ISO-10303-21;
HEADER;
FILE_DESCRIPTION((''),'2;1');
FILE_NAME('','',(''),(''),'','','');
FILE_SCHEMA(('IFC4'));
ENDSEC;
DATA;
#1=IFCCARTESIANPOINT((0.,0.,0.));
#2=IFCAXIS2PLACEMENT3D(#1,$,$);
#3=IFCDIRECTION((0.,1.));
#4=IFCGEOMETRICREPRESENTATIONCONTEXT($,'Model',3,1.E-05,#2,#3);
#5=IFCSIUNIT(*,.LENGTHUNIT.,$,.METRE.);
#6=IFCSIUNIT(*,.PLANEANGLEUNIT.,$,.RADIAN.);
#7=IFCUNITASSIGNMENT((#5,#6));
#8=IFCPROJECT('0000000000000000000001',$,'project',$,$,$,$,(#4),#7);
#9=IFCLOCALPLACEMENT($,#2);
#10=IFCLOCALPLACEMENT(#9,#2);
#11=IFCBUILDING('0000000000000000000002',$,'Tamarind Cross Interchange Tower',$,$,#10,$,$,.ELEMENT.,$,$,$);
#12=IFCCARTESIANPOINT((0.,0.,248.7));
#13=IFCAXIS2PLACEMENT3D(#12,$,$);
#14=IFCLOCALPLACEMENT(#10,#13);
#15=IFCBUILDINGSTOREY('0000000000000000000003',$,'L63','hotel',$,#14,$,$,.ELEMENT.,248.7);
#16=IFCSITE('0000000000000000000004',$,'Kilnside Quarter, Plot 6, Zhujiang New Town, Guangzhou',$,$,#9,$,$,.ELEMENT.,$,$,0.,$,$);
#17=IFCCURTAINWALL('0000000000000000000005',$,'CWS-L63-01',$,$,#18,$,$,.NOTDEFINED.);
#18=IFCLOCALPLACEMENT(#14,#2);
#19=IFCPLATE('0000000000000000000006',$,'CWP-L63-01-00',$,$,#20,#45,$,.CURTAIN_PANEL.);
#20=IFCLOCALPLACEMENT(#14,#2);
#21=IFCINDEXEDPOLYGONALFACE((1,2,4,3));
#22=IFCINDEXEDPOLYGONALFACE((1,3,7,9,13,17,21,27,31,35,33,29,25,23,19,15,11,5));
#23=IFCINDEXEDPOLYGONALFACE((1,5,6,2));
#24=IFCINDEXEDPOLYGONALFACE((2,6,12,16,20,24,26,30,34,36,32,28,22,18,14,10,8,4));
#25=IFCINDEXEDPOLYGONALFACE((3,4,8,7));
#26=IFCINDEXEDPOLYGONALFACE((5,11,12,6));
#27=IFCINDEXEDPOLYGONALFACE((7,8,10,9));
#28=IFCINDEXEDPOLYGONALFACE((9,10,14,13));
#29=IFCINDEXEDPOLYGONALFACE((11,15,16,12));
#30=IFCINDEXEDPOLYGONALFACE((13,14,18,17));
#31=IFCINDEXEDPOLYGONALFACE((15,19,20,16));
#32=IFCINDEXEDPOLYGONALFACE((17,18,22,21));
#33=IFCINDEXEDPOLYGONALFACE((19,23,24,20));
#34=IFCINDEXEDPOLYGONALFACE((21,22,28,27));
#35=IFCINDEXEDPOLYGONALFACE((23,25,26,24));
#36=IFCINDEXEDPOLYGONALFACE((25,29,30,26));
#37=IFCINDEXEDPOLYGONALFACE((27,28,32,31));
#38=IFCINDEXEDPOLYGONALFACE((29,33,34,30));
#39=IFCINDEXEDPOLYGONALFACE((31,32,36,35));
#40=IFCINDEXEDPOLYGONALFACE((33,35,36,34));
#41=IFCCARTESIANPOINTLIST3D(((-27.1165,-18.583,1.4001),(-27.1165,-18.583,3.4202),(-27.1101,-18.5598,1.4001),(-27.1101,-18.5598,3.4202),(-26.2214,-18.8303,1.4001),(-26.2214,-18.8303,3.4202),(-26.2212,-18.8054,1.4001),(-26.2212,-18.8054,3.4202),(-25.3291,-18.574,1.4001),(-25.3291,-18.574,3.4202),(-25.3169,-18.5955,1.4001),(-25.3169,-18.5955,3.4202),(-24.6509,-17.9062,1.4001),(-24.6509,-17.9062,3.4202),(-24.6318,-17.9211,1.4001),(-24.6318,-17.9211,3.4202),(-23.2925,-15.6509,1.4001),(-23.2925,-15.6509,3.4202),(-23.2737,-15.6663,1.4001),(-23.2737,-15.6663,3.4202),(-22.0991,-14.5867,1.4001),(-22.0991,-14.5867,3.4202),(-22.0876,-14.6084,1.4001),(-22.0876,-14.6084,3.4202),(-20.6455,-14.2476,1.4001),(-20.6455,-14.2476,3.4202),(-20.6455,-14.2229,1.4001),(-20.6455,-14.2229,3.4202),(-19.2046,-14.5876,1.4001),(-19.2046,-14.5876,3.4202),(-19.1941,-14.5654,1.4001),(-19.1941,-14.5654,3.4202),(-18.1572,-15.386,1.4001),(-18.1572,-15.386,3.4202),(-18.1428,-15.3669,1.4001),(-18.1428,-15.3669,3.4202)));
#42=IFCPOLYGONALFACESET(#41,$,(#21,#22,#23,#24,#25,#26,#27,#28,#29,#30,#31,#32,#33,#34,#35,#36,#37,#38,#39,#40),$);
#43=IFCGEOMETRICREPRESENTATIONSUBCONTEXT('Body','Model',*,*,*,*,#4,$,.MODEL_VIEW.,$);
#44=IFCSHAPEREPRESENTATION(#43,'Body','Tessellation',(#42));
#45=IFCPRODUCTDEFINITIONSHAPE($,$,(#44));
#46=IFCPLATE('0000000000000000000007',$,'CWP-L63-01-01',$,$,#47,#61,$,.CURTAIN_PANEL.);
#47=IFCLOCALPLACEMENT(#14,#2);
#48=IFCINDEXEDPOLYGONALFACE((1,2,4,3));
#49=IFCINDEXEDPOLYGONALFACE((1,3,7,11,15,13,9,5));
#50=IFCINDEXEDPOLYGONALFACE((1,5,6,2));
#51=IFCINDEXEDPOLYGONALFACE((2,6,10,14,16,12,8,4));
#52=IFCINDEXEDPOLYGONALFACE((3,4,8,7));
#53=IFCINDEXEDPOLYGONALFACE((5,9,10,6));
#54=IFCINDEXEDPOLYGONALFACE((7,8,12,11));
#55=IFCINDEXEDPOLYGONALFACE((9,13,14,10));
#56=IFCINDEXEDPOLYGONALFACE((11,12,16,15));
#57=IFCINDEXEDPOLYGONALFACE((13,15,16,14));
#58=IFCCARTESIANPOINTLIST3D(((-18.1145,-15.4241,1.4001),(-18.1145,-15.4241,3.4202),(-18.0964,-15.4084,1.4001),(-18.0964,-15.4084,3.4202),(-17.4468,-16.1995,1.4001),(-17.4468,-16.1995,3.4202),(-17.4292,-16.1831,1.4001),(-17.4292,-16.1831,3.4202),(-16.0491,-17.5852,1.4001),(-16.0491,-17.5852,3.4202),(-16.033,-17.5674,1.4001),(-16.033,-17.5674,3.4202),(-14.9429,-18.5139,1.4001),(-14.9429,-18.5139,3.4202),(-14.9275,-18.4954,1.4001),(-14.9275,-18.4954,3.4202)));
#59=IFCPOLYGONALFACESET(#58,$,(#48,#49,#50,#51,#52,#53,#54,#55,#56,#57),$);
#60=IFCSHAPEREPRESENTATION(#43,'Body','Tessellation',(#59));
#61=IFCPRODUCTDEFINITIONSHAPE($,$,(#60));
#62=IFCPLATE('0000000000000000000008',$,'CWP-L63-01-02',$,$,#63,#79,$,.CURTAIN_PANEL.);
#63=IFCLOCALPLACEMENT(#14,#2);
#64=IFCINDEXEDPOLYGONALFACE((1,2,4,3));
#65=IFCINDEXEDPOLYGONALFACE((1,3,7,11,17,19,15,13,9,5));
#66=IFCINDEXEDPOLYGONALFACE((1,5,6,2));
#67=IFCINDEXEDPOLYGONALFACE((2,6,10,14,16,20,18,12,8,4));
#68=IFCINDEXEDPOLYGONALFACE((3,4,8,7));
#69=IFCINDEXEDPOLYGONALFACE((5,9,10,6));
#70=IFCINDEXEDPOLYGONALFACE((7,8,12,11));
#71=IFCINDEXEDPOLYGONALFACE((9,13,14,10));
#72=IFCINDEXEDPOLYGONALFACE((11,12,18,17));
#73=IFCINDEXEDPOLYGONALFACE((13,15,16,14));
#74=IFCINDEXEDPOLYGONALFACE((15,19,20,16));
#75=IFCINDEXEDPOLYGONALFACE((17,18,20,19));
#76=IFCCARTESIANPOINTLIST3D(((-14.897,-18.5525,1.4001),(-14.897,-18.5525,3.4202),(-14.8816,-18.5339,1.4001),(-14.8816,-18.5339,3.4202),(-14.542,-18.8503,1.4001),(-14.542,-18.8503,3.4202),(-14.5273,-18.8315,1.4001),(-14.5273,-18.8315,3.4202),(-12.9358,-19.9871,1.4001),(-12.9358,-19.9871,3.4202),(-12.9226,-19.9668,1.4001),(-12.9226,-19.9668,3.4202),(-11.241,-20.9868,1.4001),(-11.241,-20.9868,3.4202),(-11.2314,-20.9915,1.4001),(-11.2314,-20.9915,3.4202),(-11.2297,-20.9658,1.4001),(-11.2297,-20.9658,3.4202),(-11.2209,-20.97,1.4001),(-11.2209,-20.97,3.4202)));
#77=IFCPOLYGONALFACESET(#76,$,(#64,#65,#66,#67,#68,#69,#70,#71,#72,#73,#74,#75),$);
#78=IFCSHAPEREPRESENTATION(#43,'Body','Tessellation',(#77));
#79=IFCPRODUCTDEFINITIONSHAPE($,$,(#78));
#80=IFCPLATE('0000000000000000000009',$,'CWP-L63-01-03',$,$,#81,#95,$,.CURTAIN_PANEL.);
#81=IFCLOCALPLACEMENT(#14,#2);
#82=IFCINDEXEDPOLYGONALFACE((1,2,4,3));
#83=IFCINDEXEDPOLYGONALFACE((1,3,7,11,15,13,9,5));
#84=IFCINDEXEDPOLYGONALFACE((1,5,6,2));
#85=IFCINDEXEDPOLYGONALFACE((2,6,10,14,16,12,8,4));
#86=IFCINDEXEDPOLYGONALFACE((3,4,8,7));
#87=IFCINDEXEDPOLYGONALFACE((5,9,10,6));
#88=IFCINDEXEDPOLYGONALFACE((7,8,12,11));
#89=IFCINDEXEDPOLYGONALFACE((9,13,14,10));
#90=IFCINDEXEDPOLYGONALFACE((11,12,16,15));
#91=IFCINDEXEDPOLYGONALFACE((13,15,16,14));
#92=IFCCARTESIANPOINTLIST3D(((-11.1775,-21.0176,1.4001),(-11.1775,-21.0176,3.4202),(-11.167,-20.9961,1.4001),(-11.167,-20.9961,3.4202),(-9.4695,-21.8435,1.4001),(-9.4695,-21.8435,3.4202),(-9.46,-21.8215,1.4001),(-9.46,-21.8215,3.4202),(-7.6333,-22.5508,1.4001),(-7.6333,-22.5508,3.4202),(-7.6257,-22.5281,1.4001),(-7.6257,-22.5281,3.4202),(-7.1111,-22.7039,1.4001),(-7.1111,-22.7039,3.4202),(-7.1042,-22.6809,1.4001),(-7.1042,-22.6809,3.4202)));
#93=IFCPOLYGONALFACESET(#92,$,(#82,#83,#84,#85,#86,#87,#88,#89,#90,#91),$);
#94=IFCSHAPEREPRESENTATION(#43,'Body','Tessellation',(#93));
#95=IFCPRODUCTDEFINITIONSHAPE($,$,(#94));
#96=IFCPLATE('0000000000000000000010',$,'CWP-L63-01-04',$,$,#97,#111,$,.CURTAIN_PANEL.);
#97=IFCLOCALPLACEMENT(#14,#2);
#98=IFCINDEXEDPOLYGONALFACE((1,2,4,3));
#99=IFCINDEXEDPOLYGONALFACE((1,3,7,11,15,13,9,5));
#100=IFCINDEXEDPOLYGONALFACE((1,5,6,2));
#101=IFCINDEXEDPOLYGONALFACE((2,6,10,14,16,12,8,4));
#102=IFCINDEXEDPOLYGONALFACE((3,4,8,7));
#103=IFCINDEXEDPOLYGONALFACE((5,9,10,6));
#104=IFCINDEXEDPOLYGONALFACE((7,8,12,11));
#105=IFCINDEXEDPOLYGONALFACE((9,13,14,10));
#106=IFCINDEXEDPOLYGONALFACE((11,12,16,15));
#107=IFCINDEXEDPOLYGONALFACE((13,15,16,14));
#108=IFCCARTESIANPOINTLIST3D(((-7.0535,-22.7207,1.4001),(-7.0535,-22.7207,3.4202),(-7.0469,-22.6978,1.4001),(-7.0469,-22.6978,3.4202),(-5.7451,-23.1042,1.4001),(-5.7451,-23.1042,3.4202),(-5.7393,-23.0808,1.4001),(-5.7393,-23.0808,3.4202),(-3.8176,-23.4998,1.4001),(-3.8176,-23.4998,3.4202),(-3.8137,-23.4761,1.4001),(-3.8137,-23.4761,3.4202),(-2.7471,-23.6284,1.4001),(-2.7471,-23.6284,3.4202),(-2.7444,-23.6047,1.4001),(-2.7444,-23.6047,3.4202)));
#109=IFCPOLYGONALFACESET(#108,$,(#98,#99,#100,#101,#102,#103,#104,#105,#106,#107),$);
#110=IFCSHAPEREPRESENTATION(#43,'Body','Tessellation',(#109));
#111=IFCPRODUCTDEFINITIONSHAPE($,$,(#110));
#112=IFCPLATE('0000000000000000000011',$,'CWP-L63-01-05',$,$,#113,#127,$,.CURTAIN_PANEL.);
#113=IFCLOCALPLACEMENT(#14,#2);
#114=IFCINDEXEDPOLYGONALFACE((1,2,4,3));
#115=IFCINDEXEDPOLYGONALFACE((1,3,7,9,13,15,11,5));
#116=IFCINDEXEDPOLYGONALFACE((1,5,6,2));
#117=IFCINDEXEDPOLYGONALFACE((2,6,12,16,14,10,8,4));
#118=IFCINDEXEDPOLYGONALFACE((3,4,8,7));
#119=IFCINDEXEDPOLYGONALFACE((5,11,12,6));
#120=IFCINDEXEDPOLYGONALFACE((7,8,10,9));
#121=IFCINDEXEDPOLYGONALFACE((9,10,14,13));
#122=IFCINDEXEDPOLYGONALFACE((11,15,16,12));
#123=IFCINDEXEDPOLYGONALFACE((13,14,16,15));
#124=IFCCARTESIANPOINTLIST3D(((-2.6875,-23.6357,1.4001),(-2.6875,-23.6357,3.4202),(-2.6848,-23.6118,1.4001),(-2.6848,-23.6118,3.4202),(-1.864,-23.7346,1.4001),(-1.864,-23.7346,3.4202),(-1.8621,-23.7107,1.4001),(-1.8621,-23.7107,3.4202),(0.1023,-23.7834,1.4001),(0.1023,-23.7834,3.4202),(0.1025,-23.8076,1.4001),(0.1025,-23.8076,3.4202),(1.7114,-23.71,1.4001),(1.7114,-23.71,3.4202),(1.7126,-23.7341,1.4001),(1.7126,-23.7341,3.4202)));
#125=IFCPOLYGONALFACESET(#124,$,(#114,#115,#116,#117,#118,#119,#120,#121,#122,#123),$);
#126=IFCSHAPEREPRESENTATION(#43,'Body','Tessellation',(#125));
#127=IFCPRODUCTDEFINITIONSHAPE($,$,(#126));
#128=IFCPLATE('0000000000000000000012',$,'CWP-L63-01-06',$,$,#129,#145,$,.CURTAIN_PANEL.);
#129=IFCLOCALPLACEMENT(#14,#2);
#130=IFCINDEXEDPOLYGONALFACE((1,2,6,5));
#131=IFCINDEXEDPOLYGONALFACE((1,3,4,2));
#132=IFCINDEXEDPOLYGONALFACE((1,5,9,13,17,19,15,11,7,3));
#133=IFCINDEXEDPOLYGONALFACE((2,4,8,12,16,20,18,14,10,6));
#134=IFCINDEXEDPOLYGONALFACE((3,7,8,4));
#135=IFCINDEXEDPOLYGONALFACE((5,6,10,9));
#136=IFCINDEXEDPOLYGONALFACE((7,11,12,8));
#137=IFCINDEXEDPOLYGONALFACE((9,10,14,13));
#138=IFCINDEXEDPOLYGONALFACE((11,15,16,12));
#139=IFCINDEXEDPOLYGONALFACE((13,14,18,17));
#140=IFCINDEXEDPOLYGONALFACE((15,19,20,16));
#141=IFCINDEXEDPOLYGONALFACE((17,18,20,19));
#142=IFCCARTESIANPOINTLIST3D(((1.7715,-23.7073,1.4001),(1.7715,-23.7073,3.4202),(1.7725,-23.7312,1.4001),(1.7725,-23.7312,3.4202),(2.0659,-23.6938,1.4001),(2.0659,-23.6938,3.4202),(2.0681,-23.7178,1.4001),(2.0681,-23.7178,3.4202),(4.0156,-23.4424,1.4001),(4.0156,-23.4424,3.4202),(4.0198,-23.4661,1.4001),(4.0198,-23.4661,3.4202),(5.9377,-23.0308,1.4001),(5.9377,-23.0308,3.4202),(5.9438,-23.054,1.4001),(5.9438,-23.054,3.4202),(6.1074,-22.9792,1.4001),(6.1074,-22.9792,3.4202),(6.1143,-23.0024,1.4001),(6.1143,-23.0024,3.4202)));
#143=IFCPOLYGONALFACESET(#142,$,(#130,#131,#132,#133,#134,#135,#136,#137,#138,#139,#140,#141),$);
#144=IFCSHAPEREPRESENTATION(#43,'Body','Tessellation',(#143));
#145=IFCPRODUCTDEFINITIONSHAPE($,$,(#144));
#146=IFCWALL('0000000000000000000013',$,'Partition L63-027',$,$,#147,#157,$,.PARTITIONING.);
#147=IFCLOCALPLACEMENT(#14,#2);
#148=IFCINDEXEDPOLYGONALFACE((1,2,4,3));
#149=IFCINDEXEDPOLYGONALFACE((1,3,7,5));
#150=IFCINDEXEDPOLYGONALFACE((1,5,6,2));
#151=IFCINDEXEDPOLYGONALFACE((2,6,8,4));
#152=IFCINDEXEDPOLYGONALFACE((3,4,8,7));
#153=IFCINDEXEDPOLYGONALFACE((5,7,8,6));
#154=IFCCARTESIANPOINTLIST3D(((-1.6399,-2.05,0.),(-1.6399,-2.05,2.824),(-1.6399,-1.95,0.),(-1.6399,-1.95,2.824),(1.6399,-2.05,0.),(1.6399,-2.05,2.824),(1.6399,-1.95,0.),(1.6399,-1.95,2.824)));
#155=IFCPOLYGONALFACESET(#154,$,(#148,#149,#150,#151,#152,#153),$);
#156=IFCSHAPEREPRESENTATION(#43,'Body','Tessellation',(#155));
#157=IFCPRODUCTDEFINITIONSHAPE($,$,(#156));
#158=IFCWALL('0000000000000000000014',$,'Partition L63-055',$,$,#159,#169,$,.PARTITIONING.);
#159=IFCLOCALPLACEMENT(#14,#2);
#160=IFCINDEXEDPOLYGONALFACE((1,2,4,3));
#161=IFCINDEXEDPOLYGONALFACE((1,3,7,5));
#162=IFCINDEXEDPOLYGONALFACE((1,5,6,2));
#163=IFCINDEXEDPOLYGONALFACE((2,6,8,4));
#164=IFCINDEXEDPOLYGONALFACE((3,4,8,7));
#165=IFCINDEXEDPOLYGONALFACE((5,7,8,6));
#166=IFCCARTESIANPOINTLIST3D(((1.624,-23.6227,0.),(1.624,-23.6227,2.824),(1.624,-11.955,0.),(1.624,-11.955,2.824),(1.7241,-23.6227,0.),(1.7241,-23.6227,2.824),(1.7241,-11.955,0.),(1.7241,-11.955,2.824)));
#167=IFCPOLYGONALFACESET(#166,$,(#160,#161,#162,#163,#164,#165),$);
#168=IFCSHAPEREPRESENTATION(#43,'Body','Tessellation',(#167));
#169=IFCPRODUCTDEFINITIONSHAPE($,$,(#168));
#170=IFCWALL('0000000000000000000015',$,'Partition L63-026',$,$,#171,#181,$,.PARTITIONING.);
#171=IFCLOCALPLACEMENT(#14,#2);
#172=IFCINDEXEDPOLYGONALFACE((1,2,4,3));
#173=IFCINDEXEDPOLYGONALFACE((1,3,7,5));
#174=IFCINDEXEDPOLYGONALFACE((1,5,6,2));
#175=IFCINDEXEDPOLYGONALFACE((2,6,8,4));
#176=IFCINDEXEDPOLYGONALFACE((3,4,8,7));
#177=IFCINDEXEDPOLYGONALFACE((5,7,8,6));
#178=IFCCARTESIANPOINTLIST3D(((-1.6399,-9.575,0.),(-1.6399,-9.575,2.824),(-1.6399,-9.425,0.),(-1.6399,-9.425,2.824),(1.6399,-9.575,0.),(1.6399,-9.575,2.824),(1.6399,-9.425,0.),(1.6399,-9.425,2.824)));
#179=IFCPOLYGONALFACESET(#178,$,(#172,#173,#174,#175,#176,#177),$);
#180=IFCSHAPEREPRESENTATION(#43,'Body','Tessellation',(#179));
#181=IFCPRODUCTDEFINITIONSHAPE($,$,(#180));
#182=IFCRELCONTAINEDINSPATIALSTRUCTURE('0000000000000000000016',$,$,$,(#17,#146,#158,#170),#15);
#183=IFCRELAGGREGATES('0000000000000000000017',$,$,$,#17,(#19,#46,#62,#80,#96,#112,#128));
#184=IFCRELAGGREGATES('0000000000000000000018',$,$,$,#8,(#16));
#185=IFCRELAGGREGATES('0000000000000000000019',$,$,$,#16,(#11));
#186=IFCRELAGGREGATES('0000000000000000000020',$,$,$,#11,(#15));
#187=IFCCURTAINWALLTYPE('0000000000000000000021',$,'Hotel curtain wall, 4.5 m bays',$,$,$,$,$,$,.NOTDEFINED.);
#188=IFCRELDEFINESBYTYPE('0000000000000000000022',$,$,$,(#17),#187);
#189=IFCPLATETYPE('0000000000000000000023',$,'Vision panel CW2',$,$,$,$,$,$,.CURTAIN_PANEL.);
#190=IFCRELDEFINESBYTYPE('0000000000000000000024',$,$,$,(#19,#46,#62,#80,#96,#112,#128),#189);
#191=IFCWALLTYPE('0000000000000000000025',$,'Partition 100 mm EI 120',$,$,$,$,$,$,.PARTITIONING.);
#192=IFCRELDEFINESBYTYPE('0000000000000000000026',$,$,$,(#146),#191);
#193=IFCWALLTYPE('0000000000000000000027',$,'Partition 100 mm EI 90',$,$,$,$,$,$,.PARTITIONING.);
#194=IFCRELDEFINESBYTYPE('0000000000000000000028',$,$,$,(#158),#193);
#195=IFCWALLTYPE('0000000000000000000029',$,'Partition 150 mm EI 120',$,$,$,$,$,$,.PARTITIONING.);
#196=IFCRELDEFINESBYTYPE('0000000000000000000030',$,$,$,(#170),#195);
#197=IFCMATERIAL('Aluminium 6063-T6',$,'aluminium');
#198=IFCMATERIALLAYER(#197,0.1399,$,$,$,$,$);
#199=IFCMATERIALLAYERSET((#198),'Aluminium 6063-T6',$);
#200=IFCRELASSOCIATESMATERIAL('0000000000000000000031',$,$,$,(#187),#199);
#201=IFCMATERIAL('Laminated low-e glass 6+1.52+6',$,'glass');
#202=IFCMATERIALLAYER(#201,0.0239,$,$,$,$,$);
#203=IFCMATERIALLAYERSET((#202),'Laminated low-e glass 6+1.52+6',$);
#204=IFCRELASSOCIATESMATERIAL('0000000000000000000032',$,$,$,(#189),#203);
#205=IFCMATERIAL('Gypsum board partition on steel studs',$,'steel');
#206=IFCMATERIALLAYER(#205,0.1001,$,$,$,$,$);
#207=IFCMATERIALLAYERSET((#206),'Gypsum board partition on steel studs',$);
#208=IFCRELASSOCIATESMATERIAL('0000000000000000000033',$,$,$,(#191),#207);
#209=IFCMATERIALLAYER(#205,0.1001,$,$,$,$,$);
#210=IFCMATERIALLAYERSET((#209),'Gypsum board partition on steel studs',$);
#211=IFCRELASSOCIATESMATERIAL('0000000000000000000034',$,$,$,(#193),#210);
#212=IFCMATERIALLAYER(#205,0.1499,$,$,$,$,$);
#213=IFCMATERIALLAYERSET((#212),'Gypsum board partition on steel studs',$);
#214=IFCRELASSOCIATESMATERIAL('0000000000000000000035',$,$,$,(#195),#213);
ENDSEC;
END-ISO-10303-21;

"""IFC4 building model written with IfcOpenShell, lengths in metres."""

from ifc_helpers import new_model, si_unit, direction, frame, frame_2d, origin, place, context, subcontext, project, spatial, polyline, rectangle, outline, extrude, material, layer, layer_set, type_object, element, aggregate, save


model = new_model("IFC4")

# Units and contexts
model_context = context("Model", 3, precision=1e-05, world=origin(), true_north=direction((0.0, 1.0)))
body_context = subcontext(model_context, "Body", "Model", "MODEL_VIEW")
ifc_project = project(units=[si_unit("LENGTHUNIT", "METRE"), si_unit("PLANEANGLEUNIT", "RADIAN")], contexts=[model_context])

# Site, building, storey
site_placement = place(None, origin())
site = spatial("IfcSite", under=ifc_project, at=site_placement, Name="Kilnside Quarter, Plot 6, Zhujiang New Town, Guangzhou", CompositionType="ELEMENT", RefElevation=0.0)
building_placement = place(site_placement, origin())
building = spatial("IfcBuilding", under=site, at=building_placement, Name="Tamarind Cross Interchange Tower", CompositionType="ELEMENT")
storey_placement = place(building_placement, frame((0.0, 0.0, 248.7)))
storey = spatial("IfcBuildingStorey", under=building, at=storey_placement, Name="L63", Description="hotel", CompositionType="ELEMENT", Elevation=248.7)

# Curtain wall
ifc_material_1 = material(Name="Aluminium 6063-T6", Category="aluminium")
ifc_layer_1 = layer(ifc_material_1, 0.1399)
ifc_layer_set_1 = layer_set([ifc_layer_1], Name="Aluminium 6063-T6")
curtain_wall_type = type_object("IfcCurtainWallType", Name="Hotel curtain wall, 4.5 m bays", PredefinedType="NOTDEFINED", material=ifc_layer_set_1)
curtain_wall_1_placement = place(storey_placement, origin())
curtain_wall_1 = element("IfcCurtainWall", 1, at=curtain_wall_1_placement, inside=storey, type_object=curtain_wall_type, Name="CWS-L63-01", PredefinedType="NOTDEFINED")

# Plates
ifc_material_2 = material(Name="Laminated low-e glass 6+1.52+6", Category="glass")
ifc_layer_2 = layer(ifc_material_2, 0.0239)
ifc_layer_set_2 = layer_set([ifc_layer_2], Name="Laminated low-e glass 6+1.52+6")
plate_type = type_object("IfcPlateType", Name="Vision panel CW2", PredefinedType="CURTAIN_PANEL", material=ifc_layer_set_2)
plate_1_placement = place(storey_placement, frame((0.0, 0.0, 1.4001)))
plate_1 = element("IfcPlate", 2, at=plate_1_placement, type_object=plate_type, Name="CWP-L63-01-00", PredefinedType="CURTAIN_PANEL", context=body_context, shape_type="SweptSolid", body=[
    extrude(outline(polyline([(-27.1101, -18.5598), (-26.2212, -18.8054), (-25.3291, -18.574), (-24.6509, -17.9062), (-23.2925, -15.6509), (-22.0991, -14.5867), (-20.6455, -14.2229), (-19.1941, -14.5654), (-18.1428, -15.3669), (-18.1572, -15.386), (-19.2046, -14.5876), (-20.6455, -14.2476), (-22.0876, -14.6084), (-23.2737, -15.6663), (-24.6318, -17.9211), (-25.3169, -18.5955), (-26.2214, -18.8303), (-27.1165, -18.583), (-27.1101, -18.5598)])), origin(), (0.0, 0.0, 1.0), 2.02),
])
plate_2_placement = place(storey_placement, frame((0.0, 0.0, 1.4001)))
plate_2 = element("IfcPlate", 3, at=plate_2_placement, type_object=plate_type, Name="CWP-L63-01-01", PredefinedType="CURTAIN_PANEL", context=body_context, shape_type="SweptSolid", body=[
    extrude(outline(polyline([(-18.0964, -15.4084), (-17.4292, -16.1831), (-16.033, -17.5674), (-14.9275, -18.4954), (-14.9429, -18.5139), (-16.0491, -17.5852), (-17.4468, -16.1995), (-18.1145, -15.4241), (-18.0964, -15.4084)])), origin(), (0.0, 0.0, 1.0), 2.02),
])
plate_3_placement = place(storey_placement, frame((0.0, 0.0, 1.4001)))
plate_3 = element("IfcPlate", 4, at=plate_3_placement, type_object=plate_type, Name="CWP-L63-01-02", PredefinedType="CURTAIN_PANEL", context=body_context, shape_type="SweptSolid", body=[
    extrude(outline(polyline([(-14.8816, -18.5339), (-14.5273, -18.8315), (-12.9226, -19.9668), (-11.2297, -20.9658), (-11.2209, -20.97), (-11.2314, -20.9915), (-11.241, -20.9868), (-12.9358, -19.9871), (-14.542, -18.8503), (-14.897, -18.5525), (-14.8816, -18.5339)])), origin(), (0.0, 0.0, 1.0), 2.02),
])
plate_4_placement = place(storey_placement, frame((0.0, 0.0, 1.4001)))
plate_4 = element("IfcPlate", 5, at=plate_4_placement, type_object=plate_type, Name="CWP-L63-01-03", PredefinedType="CURTAIN_PANEL", context=body_context, shape_type="SweptSolid", body=[
    extrude(outline(polyline([(-11.167, -20.9961), (-9.46, -21.8215), (-7.6257, -22.5281), (-7.1042, -22.6809), (-7.1111, -22.7039), (-7.6333, -22.5508), (-9.4695, -21.8435), (-11.1775, -21.0176), (-11.167, -20.9961)])), origin(), (0.0, 0.0, 1.0), 2.02),
])
plate_5_placement = place(storey_placement, frame((0.0, 0.0, 1.4001)))
plate_5 = element("IfcPlate", 6, at=plate_5_placement, type_object=plate_type, Name="CWP-L63-01-04", PredefinedType="CURTAIN_PANEL", context=body_context, shape_type="SweptSolid", body=[
    extrude(outline(polyline([(-7.0469, -22.6978), (-5.7393, -23.0808), (-3.8137, -23.4761), (-2.7444, -23.6047), (-2.7471, -23.6284), (-3.8176, -23.4998), (-5.7451, -23.1042), (-7.0535, -22.7207), (-7.0469, -22.6978)])), origin(), (0.0, 0.0, 1.0), 2.02),
])
plate_6_placement = place(storey_placement, frame((0.0, 0.0, 1.4001)))
plate_6 = element("IfcPlate", 7, at=plate_6_placement, type_object=plate_type, Name="CWP-L63-01-05", PredefinedType="CURTAIN_PANEL", context=body_context, shape_type="SweptSolid", body=[
    extrude(outline(polyline([(-2.6848, -23.6118), (-1.8621, -23.7107), (0.1023, -23.7834), (1.7114, -23.71), (1.7126, -23.7341), (0.1025, -23.8076), (-1.864, -23.7346), (-2.6875, -23.6357), (-2.6848, -23.6118)])), origin(), (0.0, 0.0, 1.0), 2.02),
])
plate_7_placement = place(storey_placement, frame((0.0, 0.0, 1.4001)))
plate_7 = element("IfcPlate", 8, at=plate_7_placement, type_object=plate_type, Name="CWP-L63-01-06", PredefinedType="CURTAIN_PANEL", context=body_context, shape_type="SweptSolid", body=[
    extrude(outline(polyline([(1.7715, -23.7073), (2.0659, -23.6938), (4.0156, -23.4424), (5.9377, -23.0308), (6.1074, -22.9792), (6.1143, -23.0024), (5.9438, -23.054), (4.0198, -23.4661), (2.0681, -23.7178), (1.7725, -23.7312), (1.7715, -23.7073)])), origin(), (0.0, 0.0, 1.0), 2.02),
])
aggregate(curtain_wall_1, [plate_1, plate_2, plate_3, plate_4, plate_5, plate_6, plate_7])

# Walls
ifc_material_3 = material(Name="Gypsum board partition on steel studs", Category="steel")
ifc_layer_3 = layer(ifc_material_3, 0.1001)
ifc_layer_set_3 = layer_set([ifc_layer_3], Name="Gypsum board partition on steel studs")
wall_type_1 = type_object("IfcWallType", Name="Partition 100 mm EI 120", PredefinedType="PARTITIONING", material=ifc_layer_set_3)
wall_1_placement = place(storey_placement, frame((-1.6399, -2.0, 0.0), z_axis=(0.0, 0.0, 1.0), x_axis=(1.0, 0.0, 0.0)))
element("IfcWall", 9, at=wall_1_placement, inside=storey, type_object=wall_type_1, Name="Partition L63-027", PredefinedType="PARTITIONING", context=body_context, shape_type="SweptSolid", body=[
    extrude(rectangle(XDim=3.2798, YDim=0.1001, at=frame_2d((1.6399, 0.0))), origin(), (0.0, 0.0, 1.0), 2.824),
])
ifc_layer_4 = layer(ifc_material_3, 0.1001)
ifc_layer_set_4 = layer_set([ifc_layer_4], Name="Gypsum board partition on steel studs")
wall_type_2 = type_object("IfcWallType", Name="Partition 100 mm EI 90", PredefinedType="PARTITIONING", material=ifc_layer_set_4)
wall_2_placement = place(storey_placement, frame((1.6741, -23.6228, 0.0), z_axis=(0.0, 0.0, 1.0), x_axis=(0.0, 1.0, 0.0)))
element("IfcWall", 10, at=wall_2_placement, inside=storey, type_object=wall_type_2, Name="Partition L63-055", PredefinedType="PARTITIONING", context=body_context, shape_type="SweptSolid", body=[
    extrude(rectangle(XDim=11.6677, YDim=0.1001, at=frame_2d((5.834, 0.0))), origin(), (0.0, 0.0, 1.0), 2.824),
])
ifc_layer_5 = layer(ifc_material_3, 0.1499)
ifc_layer_set_5 = layer_set([ifc_layer_5], Name="Gypsum board partition on steel studs")
wall_type_3 = type_object("IfcWallType", Name="Partition 150 mm EI 120", PredefinedType="PARTITIONING", material=ifc_layer_set_5)
wall_3_placement = place(storey_placement, frame((-1.6399, -9.5, 0.0), z_axis=(0.0, 0.0, 1.0), x_axis=(1.0, 0.0, 0.0)))
element("IfcWall", 11, at=wall_3_placement, inside=storey, type_object=wall_type_3, Name="Partition L63-026", PredefinedType="PARTITIONING", context=body_context, shape_type="SweptSolid", body=[
    extrude(rectangle(XDim=3.2798, YDim=0.1499, at=frame_2d((1.6399, 0.0))), origin(), (0.0, 0.0, 1.0), 2.824),
])

save(model, "model.ifc")
